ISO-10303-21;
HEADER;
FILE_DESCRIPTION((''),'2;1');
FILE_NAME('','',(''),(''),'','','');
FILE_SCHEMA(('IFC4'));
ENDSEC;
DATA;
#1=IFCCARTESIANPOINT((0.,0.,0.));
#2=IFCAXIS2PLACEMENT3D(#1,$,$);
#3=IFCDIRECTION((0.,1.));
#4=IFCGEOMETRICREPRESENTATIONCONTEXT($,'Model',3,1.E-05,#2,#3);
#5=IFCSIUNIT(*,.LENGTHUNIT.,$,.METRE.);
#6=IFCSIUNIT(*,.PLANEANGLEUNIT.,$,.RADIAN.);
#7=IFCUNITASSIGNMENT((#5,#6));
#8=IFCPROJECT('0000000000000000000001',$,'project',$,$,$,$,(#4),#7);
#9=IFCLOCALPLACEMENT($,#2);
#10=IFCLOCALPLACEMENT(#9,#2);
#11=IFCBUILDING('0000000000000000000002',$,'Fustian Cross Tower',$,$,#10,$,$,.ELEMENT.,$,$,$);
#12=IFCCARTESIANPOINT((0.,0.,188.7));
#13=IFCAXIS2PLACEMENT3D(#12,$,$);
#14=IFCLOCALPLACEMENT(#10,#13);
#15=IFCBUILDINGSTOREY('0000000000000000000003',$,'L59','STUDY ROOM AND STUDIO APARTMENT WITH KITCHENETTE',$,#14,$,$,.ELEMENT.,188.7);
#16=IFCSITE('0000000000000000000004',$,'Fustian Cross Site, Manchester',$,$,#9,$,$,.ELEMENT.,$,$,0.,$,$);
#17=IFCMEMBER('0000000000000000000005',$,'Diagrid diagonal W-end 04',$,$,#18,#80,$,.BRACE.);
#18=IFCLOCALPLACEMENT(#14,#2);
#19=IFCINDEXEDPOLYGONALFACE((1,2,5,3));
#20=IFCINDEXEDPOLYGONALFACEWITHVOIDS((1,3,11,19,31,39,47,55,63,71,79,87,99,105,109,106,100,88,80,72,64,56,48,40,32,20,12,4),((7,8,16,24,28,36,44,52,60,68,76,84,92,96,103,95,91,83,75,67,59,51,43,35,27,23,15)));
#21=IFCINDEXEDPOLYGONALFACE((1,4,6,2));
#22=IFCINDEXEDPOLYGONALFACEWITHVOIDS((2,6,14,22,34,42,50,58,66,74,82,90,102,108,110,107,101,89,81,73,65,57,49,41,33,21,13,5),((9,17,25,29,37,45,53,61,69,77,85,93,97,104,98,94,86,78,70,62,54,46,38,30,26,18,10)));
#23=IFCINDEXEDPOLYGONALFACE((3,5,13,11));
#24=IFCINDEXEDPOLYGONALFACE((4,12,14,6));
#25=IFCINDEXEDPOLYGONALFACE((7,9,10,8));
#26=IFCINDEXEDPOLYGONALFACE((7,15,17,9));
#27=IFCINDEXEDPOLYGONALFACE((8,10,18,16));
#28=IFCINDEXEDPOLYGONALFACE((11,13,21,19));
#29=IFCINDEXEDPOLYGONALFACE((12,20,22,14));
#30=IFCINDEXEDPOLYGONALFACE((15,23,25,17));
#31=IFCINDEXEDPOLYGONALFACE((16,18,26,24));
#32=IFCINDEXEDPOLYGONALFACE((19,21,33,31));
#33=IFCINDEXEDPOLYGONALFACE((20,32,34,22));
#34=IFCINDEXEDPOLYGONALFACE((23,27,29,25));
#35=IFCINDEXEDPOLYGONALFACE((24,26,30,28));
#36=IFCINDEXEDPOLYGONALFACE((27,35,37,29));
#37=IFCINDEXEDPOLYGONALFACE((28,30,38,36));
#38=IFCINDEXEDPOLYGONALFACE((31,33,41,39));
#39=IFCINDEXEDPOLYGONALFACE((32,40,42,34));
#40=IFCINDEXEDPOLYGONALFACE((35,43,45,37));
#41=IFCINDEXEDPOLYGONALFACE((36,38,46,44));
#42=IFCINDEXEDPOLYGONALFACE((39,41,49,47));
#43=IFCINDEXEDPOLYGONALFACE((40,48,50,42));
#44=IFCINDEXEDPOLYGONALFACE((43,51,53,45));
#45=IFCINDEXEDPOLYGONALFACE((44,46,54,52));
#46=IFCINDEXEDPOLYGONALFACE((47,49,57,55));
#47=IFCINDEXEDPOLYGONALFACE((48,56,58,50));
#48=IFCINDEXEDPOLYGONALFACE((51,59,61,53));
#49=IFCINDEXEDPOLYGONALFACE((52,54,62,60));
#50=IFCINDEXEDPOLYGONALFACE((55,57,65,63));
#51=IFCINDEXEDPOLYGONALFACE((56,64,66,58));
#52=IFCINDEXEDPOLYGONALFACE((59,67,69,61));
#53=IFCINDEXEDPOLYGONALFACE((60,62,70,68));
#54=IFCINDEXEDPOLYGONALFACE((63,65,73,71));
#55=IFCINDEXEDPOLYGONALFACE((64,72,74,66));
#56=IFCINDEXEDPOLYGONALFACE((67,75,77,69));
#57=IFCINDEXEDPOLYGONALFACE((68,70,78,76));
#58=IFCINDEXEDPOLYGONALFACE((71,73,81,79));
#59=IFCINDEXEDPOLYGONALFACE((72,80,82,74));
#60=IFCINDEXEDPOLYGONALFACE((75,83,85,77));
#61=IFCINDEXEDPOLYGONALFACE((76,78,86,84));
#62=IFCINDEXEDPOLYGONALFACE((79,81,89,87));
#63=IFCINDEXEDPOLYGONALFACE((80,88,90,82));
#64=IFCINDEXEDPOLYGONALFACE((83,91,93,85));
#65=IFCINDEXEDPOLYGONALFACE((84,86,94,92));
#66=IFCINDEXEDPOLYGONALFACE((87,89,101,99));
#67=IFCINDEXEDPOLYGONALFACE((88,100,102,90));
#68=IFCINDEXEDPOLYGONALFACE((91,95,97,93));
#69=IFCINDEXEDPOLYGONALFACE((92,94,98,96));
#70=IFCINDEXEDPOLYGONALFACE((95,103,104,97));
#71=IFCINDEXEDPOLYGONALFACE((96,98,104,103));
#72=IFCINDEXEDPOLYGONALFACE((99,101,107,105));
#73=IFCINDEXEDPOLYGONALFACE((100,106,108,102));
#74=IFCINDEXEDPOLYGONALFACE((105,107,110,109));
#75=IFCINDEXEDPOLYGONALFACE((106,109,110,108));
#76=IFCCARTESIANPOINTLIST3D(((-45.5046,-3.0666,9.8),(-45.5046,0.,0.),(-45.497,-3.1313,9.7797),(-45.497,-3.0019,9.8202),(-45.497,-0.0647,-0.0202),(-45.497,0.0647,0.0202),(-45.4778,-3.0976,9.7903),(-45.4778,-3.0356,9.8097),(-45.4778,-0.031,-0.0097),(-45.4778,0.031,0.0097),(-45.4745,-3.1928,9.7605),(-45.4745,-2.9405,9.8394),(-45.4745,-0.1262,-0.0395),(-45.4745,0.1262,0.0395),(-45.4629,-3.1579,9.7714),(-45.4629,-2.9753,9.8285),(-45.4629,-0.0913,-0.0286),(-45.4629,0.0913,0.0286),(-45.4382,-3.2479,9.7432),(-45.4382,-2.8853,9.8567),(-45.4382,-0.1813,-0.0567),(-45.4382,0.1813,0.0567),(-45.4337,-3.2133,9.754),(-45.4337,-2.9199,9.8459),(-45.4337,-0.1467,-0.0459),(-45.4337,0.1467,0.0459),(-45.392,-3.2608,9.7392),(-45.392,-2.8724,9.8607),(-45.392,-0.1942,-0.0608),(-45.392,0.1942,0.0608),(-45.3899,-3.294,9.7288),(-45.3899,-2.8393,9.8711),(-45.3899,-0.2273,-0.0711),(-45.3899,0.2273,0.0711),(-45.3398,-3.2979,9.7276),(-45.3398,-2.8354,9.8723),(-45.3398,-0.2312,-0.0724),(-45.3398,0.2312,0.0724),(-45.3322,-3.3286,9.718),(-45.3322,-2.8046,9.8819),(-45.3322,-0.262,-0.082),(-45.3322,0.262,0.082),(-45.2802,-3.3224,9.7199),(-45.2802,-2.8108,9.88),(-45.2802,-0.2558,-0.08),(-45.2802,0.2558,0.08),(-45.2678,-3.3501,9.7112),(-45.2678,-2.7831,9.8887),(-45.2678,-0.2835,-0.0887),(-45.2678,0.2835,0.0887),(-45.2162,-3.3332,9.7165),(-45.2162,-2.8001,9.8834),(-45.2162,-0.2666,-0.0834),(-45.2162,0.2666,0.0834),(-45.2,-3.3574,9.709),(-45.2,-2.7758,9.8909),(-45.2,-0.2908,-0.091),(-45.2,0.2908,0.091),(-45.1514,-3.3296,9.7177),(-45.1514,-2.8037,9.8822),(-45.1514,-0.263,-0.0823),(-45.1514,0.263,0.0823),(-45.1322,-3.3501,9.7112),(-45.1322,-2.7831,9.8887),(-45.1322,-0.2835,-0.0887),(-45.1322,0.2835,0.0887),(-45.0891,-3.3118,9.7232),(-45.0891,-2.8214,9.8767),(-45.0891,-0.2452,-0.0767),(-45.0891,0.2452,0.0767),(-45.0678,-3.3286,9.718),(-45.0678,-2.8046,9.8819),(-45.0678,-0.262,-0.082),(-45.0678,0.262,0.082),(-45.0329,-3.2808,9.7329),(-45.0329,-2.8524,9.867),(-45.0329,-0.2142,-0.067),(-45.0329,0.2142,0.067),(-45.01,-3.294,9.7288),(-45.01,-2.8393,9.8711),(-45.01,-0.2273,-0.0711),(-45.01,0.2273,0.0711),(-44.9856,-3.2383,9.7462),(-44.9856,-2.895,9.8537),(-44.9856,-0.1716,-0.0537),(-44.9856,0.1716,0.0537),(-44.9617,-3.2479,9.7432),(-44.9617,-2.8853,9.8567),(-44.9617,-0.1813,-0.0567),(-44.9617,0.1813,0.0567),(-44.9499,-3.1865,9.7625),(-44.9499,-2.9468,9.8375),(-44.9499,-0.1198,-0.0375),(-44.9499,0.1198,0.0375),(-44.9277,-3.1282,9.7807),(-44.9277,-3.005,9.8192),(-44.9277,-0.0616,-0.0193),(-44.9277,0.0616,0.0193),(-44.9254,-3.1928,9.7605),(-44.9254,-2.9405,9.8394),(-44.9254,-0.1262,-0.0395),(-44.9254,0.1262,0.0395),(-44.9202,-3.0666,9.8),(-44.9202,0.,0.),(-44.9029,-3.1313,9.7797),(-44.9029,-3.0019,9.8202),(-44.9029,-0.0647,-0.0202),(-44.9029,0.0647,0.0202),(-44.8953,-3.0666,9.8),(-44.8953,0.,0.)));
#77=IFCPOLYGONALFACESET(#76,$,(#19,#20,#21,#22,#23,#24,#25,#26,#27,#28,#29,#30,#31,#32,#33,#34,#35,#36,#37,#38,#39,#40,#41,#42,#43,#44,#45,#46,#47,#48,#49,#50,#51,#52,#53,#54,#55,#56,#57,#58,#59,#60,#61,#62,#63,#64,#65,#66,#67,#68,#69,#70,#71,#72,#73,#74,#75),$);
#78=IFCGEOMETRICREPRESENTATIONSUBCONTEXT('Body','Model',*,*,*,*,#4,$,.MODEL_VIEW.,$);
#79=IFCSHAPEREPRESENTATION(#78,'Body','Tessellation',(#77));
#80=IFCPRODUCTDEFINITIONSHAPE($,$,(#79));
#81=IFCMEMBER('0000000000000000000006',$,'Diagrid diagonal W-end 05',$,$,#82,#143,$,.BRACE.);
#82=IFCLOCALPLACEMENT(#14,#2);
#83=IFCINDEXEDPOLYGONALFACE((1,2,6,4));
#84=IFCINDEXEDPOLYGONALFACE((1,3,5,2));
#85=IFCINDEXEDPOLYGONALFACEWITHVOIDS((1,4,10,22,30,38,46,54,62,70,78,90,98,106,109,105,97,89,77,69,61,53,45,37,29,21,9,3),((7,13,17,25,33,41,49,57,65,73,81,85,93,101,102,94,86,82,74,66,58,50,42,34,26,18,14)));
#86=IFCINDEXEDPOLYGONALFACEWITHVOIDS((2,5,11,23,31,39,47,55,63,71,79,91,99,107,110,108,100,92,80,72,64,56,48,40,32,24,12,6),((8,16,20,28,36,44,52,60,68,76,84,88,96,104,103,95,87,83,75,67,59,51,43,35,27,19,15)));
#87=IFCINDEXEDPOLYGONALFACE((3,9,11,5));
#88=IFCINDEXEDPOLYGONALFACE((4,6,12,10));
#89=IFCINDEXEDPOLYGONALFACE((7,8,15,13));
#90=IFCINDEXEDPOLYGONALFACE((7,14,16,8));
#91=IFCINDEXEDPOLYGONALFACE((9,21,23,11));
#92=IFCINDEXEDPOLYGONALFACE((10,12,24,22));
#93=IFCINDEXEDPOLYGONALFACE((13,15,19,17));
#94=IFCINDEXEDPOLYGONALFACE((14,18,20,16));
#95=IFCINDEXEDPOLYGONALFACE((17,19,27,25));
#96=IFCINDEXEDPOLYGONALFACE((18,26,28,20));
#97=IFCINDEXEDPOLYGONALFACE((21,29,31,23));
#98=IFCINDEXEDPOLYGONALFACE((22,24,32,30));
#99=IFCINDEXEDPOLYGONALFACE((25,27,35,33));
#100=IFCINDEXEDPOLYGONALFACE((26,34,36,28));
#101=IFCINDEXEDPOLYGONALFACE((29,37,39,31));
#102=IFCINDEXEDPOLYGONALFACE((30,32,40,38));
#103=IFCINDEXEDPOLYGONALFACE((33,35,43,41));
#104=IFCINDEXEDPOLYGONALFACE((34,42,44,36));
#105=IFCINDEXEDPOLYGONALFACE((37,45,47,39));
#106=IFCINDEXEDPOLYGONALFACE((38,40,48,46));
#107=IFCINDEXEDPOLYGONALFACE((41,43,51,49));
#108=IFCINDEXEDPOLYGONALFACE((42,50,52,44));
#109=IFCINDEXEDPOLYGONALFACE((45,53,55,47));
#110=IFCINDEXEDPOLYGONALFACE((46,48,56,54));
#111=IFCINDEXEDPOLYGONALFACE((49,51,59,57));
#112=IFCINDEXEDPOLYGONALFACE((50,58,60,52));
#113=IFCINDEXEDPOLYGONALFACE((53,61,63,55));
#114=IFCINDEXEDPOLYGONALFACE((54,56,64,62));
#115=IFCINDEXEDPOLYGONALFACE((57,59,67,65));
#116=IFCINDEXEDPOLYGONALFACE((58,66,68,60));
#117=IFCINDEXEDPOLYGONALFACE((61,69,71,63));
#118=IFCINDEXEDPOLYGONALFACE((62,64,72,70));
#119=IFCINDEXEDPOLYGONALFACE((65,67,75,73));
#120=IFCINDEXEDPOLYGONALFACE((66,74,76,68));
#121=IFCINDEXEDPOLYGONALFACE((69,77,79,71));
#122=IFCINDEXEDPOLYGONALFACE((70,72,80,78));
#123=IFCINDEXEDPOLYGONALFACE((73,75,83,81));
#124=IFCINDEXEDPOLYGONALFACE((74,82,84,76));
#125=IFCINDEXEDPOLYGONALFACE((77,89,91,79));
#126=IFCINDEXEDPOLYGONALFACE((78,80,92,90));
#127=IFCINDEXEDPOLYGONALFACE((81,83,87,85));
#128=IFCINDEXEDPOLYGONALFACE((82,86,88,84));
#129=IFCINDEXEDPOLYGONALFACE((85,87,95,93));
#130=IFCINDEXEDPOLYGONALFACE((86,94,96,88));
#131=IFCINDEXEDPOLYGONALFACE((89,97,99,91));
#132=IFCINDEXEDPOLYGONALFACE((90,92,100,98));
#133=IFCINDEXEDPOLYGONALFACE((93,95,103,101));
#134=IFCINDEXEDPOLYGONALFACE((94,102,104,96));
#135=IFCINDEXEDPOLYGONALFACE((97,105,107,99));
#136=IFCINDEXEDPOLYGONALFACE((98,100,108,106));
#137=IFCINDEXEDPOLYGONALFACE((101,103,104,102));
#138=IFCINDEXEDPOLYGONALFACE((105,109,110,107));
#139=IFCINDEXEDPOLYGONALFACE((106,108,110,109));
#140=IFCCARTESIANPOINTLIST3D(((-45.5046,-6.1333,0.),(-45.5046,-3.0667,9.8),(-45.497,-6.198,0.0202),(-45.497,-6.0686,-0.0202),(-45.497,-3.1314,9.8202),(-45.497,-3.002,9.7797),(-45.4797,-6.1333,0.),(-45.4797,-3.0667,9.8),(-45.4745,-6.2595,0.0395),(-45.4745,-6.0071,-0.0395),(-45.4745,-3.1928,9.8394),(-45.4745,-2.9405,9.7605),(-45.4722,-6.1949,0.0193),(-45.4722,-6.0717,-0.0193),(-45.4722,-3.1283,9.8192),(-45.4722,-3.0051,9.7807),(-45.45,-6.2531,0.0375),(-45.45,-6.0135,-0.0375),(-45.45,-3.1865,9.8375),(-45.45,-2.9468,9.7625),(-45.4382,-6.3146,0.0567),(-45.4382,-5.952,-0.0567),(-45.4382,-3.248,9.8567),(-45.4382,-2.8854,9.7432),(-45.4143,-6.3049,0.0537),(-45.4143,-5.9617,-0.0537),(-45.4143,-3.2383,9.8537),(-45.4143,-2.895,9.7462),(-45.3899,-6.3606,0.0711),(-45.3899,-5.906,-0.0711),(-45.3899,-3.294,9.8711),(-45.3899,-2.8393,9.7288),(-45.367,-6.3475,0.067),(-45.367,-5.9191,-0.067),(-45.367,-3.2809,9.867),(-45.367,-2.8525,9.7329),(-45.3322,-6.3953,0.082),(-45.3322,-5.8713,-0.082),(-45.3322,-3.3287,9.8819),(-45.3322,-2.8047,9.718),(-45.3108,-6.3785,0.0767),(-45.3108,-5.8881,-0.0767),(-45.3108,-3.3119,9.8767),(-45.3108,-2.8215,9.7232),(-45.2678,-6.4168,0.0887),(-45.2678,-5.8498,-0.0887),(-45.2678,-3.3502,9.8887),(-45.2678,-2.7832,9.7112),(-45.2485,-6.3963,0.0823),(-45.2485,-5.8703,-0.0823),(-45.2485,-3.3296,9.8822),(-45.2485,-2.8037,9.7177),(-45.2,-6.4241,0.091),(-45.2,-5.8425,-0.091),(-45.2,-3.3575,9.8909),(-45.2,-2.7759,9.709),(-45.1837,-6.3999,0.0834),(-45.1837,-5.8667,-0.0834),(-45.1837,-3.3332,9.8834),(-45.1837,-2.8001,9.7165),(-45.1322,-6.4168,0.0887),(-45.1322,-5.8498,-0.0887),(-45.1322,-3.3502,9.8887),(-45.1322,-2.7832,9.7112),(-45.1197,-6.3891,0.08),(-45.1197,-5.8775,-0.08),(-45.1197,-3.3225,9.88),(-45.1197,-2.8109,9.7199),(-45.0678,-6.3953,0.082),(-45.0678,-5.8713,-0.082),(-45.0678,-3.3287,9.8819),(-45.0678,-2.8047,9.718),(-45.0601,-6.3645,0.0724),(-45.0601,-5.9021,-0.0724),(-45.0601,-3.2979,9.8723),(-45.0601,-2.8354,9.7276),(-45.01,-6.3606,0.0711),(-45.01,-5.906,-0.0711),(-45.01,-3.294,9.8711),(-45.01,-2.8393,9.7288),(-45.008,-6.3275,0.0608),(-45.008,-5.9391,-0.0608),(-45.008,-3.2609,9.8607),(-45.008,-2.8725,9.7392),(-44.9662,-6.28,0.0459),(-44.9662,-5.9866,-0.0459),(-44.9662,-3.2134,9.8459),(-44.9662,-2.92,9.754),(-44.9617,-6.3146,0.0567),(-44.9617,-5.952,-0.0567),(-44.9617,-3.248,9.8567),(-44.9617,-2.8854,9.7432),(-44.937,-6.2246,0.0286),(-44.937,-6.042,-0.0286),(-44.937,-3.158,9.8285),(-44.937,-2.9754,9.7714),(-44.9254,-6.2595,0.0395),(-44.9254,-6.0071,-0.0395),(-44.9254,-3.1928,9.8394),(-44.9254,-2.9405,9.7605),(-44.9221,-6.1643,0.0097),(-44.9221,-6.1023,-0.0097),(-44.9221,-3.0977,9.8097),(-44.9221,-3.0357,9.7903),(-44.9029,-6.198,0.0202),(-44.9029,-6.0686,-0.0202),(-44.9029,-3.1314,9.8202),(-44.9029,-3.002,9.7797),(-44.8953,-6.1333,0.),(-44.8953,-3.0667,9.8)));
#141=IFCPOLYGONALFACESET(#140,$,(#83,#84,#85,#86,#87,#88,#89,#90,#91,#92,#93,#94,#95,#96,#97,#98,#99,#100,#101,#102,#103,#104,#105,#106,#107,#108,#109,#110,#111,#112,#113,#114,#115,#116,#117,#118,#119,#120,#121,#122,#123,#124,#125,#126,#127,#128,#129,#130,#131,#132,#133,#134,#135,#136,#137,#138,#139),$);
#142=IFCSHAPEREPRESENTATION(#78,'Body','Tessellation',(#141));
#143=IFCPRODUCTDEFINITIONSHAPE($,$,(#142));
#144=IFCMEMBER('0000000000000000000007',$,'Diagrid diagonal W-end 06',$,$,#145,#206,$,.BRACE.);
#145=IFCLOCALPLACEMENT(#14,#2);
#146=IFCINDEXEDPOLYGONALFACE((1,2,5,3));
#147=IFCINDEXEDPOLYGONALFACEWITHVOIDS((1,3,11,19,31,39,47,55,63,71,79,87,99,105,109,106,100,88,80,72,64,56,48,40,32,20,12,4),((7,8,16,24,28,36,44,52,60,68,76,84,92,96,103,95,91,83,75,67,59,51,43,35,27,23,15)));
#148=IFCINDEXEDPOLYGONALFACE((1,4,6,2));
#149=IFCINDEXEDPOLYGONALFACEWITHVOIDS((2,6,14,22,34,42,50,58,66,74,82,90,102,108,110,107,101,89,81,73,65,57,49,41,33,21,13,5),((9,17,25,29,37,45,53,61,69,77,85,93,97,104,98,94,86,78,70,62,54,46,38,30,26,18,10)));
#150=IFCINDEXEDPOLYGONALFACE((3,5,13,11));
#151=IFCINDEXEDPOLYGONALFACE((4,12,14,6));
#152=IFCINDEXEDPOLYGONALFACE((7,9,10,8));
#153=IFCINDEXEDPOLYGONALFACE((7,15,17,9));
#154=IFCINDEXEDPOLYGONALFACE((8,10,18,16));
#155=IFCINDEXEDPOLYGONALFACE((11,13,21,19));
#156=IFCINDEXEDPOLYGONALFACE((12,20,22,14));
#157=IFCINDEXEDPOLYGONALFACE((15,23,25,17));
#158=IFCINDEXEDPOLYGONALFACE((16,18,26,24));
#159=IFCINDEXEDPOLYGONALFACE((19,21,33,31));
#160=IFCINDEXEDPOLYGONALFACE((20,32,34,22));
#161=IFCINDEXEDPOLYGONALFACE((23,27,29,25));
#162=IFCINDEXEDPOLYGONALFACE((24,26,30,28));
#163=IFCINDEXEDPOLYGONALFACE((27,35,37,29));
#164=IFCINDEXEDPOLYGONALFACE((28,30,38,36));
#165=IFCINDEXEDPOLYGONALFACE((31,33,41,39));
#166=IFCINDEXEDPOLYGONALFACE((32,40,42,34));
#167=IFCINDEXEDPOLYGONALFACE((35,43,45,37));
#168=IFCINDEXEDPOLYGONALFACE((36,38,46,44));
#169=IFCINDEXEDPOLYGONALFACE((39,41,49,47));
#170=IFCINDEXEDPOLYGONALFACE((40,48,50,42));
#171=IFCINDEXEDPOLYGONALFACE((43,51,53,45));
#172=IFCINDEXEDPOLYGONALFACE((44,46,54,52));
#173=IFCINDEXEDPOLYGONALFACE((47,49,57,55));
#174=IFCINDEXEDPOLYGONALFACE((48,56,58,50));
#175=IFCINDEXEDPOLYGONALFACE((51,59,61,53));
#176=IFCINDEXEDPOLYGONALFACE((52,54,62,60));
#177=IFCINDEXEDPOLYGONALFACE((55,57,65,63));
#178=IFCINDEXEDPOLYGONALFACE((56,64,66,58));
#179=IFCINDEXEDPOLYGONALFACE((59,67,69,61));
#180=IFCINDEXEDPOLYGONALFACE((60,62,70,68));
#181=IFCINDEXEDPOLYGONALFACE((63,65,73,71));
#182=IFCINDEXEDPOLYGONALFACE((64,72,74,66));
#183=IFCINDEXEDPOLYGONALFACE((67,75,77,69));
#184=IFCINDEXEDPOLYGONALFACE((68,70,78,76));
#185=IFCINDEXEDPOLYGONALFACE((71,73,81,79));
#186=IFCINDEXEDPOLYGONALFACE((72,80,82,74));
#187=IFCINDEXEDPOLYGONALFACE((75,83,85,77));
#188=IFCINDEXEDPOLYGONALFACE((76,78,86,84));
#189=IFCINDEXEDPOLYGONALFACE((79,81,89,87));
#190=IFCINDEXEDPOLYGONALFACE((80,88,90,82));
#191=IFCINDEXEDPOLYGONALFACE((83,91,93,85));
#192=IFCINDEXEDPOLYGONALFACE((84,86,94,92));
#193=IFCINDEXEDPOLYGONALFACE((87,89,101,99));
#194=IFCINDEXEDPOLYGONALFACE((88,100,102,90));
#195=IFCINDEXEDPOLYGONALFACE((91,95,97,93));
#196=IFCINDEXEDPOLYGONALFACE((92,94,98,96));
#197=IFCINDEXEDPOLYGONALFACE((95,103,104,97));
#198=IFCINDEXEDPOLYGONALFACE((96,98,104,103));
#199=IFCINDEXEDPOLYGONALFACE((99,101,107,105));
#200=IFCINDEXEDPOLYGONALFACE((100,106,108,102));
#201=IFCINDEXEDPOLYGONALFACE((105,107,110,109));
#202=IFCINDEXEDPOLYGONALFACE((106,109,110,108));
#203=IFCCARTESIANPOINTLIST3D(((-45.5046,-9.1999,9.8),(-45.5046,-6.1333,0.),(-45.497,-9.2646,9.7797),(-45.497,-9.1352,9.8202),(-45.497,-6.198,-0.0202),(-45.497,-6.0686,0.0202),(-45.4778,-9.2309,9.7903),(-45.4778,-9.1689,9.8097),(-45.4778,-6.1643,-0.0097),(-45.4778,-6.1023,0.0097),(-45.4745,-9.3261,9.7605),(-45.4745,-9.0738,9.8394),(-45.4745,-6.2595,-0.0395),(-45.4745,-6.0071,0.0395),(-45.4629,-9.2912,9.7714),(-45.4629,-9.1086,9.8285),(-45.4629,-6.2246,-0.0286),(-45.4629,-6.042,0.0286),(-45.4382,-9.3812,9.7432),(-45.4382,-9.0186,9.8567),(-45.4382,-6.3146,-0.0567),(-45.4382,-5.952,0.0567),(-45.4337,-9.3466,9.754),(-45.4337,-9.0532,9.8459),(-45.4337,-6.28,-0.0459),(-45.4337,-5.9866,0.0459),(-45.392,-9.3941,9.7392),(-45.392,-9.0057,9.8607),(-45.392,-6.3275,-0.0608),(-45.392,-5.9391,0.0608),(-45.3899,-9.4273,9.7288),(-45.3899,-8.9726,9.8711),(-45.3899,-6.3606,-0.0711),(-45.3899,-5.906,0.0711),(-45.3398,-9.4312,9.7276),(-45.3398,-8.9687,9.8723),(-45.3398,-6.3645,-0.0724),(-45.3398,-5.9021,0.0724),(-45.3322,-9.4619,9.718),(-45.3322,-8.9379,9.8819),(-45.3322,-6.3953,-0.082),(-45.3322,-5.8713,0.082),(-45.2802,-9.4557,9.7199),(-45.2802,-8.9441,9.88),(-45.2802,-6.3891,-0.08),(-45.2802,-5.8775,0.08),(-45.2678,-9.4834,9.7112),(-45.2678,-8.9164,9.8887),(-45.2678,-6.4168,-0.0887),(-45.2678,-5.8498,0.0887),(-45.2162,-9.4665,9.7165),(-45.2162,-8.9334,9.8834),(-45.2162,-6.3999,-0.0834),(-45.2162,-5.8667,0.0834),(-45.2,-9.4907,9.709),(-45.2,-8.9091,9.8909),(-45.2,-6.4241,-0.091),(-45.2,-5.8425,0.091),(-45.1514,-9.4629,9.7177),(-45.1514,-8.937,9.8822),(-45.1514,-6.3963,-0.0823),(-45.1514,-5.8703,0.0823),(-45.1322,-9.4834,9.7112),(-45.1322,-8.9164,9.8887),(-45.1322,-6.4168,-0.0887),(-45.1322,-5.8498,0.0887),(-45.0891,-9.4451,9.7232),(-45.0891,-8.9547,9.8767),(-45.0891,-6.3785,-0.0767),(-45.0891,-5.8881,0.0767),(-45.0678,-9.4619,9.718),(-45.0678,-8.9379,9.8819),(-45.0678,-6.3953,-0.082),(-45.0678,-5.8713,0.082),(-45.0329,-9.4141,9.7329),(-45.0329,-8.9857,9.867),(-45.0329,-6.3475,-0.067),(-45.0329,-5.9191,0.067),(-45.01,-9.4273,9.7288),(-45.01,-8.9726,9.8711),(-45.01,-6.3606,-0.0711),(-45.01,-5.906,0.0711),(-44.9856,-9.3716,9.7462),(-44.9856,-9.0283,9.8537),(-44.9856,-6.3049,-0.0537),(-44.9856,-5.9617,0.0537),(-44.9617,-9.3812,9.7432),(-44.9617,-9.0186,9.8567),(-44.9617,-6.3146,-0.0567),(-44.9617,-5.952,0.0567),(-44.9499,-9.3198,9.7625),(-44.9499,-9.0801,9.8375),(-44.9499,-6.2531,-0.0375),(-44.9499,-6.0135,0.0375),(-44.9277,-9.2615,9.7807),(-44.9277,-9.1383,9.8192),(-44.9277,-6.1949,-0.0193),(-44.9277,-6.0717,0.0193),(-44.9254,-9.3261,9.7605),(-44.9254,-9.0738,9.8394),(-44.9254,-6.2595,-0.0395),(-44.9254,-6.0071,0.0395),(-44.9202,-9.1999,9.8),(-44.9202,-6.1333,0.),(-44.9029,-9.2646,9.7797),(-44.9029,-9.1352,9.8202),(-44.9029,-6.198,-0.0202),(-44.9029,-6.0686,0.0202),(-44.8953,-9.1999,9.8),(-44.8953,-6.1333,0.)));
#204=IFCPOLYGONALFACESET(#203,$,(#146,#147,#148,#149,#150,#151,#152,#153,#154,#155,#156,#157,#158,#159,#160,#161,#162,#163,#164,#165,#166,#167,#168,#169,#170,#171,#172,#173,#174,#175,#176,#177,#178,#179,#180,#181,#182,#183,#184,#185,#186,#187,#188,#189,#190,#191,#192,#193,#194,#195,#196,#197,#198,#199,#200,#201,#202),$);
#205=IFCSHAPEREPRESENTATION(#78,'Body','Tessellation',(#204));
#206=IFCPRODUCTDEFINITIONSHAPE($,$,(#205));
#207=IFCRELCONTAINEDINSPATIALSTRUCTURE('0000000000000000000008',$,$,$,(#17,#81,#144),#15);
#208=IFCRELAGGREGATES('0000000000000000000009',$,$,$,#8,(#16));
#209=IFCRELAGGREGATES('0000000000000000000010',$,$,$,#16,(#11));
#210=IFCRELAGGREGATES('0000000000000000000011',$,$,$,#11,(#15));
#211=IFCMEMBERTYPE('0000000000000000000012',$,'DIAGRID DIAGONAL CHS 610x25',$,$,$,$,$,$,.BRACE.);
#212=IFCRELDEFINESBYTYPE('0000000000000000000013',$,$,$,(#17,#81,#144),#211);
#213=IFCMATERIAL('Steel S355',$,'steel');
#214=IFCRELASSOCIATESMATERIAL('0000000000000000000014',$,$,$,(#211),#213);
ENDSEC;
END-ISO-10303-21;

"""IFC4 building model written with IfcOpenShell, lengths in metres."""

from ifc_helpers import new_model, si_unit, direction, frame, origin, origin_2d, place, context, subcontext, project, spatial, hollow_circle, extrude, material, material_profile, profile_set, type_object, element, save


model = new_model("IFC4")

# Units and contexts
model_context = context("Model", 3, precision=1e-05, world=origin(), true_north=direction((0.0, 1.0)))
body_context = subcontext(model_context, "Body", "Model", "MODEL_VIEW")
ifc_project = project(units=[si_unit("LENGTHUNIT", "METRE"), si_unit("PLANEANGLEUNIT", "RADIAN")], contexts=[model_context])

# Site, building, storey
site_placement = place(None, origin())
site = spatial("IfcSite", under=ifc_project, at=site_placement, Name="Fustian Cross Site, Manchester", CompositionType="ELEMENT", RefElevation=0.0)
building_placement = place(site_placement, origin())
building = spatial("IfcBuilding", under=site, at=building_placement, Name="Fustian Cross Tower", CompositionType="ELEMENT")
storey_placement = place(building_placement, frame((0.0, 0.0, 188.7)))
storey = spatial("IfcBuildingStorey", under=building, at=storey_placement, Name="L59", Description="STUDY ROOM AND STUDIO APARTMENT WITH KITCHENETTE", CompositionType="ELEMENT", Elevation=188.7)

# Members
ifc_material_1 = material(Name="Steel S355", Category="steel")
ifc_material_profile_1 = material_profile(ifc_material_1, hollow_circle(Radius=0.3047, WallThickness=0.0249, at=origin_2d()), Name="CHS 610x25")
ifc_profile_set_1 = profile_set([ifc_material_profile_1], Name="Steel S355")
member_type_1 = type_object("IfcMemberType", Name="DIAGRID DIAGONAL CHS 610x25", PredefinedType="BRACE", material=ifc_profile_set_1)
for number, where, z_axis, x_axis, name in (
    (1, (-45.2, 0.0, 0.0), (0.0, -0.298642, 0.954365), (1.0, 0.0, 0.0), "Diagrid diagonal W-end 04"),
    (2, (-45.2, -6.1333, 0.0), (0.0, 0.298642, 0.954365), (-1.0, 0.0, 0.0), "Diagrid diagonal W-end 05"),
    (3, (-45.2, -6.1333, 0.0), (0.0, -0.298642, 0.954365), (1.0, 0.0, 0.0), "Diagrid diagonal W-end 06"),
):
    element("IfcMember", number, at=place(storey_placement, frame(where, z_axis=z_axis, x_axis=x_axis)), inside=storey, type_object=member_type_1, Name=name, PredefinedType="BRACE", context=body_context, shape_type="SweptSolid", body=[
        extrude(hollow_circle(Radius=0.3047, WallThickness=0.0249, at=origin_2d()), origin(), (0.0, 0.0, 1.0), 10.2686),
    ])

save(model, "model.ifc")
